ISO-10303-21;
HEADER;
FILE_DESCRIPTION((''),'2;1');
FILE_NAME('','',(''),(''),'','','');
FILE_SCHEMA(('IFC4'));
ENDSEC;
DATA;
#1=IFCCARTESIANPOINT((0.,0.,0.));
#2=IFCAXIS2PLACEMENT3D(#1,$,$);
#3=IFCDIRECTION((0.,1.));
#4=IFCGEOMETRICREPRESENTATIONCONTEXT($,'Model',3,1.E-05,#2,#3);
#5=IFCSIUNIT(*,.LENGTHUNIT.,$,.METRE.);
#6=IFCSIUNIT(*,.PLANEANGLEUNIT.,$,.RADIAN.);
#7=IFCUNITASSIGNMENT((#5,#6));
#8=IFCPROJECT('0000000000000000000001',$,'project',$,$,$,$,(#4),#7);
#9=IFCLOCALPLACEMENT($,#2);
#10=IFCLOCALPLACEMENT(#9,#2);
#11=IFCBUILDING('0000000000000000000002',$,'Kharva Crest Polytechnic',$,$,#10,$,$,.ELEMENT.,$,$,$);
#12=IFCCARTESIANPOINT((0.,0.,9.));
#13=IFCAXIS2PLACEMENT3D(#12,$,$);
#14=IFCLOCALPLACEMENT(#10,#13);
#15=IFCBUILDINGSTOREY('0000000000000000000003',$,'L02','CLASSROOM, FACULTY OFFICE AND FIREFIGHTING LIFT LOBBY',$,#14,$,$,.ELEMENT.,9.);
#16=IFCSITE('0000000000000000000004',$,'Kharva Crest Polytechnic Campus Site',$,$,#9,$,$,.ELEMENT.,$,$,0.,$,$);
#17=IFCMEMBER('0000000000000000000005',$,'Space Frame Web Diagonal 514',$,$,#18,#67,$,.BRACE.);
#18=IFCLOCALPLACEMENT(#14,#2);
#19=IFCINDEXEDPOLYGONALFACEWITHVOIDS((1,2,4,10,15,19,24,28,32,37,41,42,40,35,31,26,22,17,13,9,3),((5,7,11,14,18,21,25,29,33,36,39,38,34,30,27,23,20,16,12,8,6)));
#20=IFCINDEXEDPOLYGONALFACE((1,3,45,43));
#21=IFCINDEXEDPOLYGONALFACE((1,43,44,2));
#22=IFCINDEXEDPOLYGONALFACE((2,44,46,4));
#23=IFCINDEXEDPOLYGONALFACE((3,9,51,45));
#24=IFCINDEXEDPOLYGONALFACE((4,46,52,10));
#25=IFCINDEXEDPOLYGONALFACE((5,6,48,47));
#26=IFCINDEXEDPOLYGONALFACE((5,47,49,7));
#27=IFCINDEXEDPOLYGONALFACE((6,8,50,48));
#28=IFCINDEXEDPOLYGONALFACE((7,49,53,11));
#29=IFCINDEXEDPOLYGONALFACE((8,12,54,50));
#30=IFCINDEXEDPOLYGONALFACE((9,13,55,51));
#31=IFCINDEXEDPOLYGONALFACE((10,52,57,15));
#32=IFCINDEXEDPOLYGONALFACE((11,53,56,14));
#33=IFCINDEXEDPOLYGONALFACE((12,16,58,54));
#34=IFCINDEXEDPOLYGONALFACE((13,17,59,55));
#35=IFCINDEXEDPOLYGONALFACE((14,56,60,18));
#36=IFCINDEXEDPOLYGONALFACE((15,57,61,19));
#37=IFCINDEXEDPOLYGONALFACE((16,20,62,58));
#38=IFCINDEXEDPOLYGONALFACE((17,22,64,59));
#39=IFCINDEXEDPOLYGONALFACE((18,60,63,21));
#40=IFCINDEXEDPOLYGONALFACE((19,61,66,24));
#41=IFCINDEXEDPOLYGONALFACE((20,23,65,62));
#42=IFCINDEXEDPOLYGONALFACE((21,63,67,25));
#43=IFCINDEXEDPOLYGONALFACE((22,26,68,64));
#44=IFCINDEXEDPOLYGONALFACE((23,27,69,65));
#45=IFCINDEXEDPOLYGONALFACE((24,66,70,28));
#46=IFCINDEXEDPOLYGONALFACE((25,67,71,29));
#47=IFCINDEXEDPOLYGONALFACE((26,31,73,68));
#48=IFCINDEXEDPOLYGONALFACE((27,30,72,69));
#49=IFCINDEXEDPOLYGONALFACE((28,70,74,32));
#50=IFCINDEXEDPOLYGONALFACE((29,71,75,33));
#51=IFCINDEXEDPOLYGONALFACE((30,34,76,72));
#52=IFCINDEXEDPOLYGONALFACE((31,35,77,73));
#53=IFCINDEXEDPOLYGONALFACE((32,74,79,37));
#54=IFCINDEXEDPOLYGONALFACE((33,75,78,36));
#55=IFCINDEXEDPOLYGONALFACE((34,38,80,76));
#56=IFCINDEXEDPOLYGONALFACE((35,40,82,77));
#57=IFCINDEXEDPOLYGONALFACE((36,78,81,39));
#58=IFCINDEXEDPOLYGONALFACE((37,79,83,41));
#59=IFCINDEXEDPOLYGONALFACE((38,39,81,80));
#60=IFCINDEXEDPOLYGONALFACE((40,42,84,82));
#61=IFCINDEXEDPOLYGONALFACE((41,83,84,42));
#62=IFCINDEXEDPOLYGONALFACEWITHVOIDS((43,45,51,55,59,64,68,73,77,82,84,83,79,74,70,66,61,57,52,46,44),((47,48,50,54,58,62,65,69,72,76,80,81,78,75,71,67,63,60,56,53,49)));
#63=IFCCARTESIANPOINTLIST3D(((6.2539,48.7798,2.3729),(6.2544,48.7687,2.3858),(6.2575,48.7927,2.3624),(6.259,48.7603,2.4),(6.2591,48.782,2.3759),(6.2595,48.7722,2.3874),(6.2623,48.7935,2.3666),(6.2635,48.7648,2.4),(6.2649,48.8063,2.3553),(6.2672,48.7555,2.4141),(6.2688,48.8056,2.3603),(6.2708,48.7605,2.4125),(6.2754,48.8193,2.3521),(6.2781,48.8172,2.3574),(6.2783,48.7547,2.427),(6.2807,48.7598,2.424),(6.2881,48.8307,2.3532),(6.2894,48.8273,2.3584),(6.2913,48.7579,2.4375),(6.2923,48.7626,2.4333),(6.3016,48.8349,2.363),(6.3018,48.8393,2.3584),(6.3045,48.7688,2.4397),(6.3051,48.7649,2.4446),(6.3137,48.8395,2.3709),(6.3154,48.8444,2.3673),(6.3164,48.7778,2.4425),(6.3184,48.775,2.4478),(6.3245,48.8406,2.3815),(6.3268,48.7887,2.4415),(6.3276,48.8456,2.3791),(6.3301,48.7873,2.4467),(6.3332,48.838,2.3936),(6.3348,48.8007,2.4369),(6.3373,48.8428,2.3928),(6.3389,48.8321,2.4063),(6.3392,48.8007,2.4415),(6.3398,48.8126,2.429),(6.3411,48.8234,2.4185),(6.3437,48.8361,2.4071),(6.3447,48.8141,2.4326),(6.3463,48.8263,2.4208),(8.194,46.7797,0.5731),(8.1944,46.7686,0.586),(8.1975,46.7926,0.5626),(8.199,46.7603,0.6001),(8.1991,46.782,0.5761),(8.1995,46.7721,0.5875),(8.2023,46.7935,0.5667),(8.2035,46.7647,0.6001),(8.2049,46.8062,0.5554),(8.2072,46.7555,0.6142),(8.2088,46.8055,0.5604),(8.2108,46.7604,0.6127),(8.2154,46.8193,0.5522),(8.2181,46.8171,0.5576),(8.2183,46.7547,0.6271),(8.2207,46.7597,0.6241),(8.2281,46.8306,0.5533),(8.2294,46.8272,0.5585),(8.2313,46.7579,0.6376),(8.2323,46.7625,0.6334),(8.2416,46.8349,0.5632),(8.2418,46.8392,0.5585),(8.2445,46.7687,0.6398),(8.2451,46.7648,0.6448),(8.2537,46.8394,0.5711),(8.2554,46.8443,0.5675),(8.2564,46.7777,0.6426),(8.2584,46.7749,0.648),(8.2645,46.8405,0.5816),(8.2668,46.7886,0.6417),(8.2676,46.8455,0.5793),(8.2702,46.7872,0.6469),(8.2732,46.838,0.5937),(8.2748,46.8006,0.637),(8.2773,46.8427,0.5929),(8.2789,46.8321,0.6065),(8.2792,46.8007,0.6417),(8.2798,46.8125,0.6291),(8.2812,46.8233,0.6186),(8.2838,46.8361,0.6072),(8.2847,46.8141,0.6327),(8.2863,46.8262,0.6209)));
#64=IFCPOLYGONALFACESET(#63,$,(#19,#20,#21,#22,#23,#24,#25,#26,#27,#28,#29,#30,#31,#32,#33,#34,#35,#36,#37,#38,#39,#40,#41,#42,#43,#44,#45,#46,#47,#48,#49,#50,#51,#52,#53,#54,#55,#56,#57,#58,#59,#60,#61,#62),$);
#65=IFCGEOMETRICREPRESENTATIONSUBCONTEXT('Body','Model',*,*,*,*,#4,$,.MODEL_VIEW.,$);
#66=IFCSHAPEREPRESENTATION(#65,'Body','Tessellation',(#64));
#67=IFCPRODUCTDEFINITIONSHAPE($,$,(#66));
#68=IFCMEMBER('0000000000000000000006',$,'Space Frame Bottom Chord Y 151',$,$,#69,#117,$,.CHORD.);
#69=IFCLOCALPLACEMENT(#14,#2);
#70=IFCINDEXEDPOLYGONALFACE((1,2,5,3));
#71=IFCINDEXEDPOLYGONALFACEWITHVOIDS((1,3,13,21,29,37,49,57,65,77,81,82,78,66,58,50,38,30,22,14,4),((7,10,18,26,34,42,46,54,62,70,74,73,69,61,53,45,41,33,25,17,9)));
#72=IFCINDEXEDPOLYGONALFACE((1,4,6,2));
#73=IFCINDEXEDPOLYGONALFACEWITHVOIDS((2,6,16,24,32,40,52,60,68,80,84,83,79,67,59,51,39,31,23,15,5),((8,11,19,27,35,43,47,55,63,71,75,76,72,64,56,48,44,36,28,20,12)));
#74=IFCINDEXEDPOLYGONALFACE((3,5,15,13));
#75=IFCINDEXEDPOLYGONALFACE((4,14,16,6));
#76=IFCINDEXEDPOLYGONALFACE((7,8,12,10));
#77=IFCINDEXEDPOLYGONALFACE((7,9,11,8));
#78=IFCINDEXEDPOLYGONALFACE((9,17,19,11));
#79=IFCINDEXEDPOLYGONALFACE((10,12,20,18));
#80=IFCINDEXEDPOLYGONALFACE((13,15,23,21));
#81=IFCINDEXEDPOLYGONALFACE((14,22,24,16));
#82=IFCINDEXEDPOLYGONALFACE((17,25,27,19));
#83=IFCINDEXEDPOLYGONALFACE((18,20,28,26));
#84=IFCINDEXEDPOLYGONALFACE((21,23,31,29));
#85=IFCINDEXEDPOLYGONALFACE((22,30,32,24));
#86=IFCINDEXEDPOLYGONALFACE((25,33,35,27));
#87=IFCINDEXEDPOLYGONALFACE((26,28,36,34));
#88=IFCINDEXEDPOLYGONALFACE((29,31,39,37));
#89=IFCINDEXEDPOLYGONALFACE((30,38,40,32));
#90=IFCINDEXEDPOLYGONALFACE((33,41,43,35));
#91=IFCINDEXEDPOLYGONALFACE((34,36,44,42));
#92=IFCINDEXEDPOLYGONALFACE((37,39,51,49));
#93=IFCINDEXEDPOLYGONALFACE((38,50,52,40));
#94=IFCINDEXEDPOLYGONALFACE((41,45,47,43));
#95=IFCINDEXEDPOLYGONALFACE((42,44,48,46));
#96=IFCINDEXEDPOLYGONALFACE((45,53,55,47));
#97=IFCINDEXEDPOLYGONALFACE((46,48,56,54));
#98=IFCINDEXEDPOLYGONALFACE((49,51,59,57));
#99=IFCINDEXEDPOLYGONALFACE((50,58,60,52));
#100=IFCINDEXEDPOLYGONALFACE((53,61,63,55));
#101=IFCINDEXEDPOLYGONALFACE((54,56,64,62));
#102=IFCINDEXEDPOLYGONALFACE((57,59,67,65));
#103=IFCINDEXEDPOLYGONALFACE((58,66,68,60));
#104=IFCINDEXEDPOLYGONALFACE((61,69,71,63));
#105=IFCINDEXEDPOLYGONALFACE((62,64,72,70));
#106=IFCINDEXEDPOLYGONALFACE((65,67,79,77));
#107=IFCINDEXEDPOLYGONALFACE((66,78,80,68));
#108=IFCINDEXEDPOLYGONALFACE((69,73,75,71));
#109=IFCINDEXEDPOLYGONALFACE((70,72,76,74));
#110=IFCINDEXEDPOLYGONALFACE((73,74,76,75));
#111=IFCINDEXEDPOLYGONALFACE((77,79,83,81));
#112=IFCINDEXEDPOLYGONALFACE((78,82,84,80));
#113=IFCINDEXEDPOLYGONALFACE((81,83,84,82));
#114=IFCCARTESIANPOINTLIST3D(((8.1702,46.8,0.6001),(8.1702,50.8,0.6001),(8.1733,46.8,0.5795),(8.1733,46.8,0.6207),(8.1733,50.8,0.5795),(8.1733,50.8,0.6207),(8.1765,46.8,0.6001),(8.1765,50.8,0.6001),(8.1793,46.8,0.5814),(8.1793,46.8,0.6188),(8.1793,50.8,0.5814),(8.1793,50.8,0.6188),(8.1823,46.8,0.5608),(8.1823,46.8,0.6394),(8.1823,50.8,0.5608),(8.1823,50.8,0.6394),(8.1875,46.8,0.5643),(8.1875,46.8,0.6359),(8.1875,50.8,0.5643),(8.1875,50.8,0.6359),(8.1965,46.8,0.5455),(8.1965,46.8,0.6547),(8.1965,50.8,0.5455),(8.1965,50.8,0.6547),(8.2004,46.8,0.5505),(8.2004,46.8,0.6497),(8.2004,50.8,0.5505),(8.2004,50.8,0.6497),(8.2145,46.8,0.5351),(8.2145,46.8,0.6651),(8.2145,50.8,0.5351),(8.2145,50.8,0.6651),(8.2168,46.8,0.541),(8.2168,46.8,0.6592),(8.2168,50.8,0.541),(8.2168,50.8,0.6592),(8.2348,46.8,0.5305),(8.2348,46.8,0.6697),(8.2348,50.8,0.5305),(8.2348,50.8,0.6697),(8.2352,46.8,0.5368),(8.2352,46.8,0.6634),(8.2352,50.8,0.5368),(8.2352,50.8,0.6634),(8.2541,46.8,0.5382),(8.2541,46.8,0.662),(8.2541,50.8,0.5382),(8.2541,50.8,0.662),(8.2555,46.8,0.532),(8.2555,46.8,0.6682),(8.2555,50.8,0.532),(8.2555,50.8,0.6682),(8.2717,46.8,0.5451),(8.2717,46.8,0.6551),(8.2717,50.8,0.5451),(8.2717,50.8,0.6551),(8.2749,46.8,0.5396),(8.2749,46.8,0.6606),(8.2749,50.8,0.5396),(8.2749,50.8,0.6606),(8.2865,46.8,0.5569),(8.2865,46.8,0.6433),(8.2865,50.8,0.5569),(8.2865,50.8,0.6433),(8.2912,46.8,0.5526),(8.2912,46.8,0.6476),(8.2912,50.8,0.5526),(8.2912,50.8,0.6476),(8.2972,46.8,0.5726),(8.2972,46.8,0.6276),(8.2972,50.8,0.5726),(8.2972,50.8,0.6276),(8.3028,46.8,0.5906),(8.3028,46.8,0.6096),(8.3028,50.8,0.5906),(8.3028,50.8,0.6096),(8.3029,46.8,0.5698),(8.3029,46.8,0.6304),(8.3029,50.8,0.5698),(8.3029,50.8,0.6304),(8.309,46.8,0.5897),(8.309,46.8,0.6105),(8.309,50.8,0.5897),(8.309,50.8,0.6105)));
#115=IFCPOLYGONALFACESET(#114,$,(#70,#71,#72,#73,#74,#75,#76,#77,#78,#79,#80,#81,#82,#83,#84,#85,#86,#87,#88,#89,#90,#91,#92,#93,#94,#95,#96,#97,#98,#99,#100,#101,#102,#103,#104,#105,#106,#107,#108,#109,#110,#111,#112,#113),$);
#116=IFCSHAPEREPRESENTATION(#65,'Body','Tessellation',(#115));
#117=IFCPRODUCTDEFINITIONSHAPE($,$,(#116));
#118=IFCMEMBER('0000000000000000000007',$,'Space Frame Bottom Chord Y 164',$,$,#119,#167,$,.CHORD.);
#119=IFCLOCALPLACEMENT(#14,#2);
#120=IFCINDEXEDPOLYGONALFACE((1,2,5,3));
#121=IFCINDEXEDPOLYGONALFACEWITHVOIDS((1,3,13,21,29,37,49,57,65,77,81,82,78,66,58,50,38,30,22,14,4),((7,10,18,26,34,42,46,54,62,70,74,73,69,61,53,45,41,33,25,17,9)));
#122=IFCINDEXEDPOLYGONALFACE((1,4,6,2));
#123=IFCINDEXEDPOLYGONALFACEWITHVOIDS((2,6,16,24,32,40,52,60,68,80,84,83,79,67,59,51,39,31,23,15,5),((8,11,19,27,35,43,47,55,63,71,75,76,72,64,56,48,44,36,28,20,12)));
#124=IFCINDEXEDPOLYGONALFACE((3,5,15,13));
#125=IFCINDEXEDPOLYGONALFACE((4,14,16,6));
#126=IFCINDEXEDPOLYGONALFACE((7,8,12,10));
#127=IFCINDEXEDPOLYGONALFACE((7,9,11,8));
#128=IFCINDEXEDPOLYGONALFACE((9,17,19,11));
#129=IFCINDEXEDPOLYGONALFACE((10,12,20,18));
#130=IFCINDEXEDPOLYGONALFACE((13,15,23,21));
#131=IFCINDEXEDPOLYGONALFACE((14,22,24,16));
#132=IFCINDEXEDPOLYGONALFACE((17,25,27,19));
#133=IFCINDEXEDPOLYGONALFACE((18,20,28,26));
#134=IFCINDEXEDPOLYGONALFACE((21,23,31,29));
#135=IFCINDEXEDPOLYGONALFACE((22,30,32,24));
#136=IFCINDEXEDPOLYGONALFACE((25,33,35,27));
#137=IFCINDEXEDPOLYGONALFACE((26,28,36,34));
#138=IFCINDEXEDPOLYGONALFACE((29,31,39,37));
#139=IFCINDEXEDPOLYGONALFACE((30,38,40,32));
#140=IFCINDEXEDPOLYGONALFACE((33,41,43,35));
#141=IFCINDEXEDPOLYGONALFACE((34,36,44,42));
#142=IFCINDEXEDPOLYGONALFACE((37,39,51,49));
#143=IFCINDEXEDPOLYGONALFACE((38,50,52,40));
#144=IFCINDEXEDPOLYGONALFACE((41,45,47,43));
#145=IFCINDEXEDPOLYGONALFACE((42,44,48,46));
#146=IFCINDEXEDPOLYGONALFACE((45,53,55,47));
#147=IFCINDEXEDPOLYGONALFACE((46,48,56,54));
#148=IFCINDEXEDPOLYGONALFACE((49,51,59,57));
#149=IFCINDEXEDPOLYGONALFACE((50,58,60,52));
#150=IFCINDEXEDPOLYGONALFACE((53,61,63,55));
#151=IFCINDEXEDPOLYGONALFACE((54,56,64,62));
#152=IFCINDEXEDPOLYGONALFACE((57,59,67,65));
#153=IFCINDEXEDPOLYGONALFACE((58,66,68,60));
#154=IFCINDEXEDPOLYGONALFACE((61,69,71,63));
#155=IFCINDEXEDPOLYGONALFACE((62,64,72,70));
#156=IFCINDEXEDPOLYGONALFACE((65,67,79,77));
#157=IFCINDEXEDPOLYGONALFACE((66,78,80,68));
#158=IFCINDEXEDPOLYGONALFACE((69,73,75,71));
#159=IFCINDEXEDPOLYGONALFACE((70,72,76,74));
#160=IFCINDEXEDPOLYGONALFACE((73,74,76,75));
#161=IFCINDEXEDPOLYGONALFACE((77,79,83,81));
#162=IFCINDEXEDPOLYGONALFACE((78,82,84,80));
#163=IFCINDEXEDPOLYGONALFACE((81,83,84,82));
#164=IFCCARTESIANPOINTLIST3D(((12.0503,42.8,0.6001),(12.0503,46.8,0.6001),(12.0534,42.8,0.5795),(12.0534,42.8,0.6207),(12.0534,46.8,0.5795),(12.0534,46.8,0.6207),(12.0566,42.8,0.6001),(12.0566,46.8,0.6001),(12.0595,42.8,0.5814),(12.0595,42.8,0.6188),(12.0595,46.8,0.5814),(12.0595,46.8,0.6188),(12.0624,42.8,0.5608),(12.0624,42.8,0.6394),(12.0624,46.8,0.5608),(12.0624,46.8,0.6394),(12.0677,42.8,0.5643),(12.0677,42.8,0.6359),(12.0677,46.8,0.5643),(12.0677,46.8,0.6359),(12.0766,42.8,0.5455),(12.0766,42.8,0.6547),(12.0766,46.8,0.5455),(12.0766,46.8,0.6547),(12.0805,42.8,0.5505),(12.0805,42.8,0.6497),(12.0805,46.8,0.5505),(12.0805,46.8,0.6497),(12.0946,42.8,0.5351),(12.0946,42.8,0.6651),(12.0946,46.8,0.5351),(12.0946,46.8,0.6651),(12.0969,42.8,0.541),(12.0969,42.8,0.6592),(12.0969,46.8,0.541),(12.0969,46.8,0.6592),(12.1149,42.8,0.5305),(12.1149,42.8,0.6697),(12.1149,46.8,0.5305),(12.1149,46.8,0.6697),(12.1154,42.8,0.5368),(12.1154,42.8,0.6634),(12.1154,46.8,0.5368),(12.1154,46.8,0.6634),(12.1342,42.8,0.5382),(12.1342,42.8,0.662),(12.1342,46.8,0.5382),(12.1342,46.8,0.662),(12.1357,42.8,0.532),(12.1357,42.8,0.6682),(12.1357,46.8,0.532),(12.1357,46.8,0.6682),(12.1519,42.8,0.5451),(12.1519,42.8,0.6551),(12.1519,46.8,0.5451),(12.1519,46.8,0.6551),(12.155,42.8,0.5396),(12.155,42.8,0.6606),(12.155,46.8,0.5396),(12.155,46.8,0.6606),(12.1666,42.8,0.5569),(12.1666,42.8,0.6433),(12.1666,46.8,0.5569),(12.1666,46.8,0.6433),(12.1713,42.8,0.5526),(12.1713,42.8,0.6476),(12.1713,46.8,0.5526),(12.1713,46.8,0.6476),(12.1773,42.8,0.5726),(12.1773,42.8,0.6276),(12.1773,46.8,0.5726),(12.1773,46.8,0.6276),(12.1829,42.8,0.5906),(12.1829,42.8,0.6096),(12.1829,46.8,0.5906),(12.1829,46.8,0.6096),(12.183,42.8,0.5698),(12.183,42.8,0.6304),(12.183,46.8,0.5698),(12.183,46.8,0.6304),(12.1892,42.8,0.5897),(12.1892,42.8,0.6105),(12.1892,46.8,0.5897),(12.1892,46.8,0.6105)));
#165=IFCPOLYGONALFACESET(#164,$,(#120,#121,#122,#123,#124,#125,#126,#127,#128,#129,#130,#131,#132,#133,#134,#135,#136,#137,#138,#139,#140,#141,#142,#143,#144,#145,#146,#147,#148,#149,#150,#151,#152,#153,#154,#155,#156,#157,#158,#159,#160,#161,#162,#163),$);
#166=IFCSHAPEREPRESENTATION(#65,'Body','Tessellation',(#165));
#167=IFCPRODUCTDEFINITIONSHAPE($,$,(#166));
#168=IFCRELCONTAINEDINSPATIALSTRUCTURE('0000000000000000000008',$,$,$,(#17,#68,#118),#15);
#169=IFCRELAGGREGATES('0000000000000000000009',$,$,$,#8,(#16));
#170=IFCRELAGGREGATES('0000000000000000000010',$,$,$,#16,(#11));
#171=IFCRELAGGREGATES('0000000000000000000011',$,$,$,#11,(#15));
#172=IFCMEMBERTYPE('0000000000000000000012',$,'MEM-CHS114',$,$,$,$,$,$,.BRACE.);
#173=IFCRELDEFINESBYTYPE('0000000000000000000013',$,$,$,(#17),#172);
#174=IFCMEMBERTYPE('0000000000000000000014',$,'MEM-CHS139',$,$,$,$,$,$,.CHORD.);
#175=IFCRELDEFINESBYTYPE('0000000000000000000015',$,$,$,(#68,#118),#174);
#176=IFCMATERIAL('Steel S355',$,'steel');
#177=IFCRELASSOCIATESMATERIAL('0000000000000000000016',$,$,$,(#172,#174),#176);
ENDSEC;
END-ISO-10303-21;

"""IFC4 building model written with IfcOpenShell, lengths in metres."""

from ifc_helpers import new_model, si_unit, direction, frame, origin, origin_2d, place, context, subcontext, project, spatial, hollow_circle, extrude, material, material_profile, profile_set, type_object, element, save


model = new_model("IFC4")

# Units and contexts
model_context = context("Model", 3, precision=1e-05, world=origin(), true_north=direction((0.0, 1.0)))
body_context = subcontext(model_context, "Body", "Model", "MODEL_VIEW")
ifc_project = project(units=[si_unit("LENGTHUNIT", "METRE"), si_unit("PLANEANGLEUNIT", "RADIAN")], contexts=[model_context])

# Site, building, storey
site_placement = place(None, origin())
site = spatial("IfcSite", under=ifc_project, at=site_placement, Name="Kharva Crest Polytechnic Campus Site", CompositionType="ELEMENT", RefElevation=0.0)
building_placement = place(site_placement, origin())
building = spatial("IfcBuilding", under=site, at=building_placement, Name="Kharva Crest Polytechnic", CompositionType="ELEMENT")
storey_placement = place(building_placement, frame((0.0, 0.0, 9.0)))
storey = spatial("IfcBuildingStorey", under=building, at=storey_placement, Name="L02", Description="CLASSROOM, FACULTY OFFICE AND FIREFIGHTING LIFT LOBBY", CompositionType="ELEMENT", Elevation=9.0)

# Shared definitions
ifc_material_1 = material(Name="Steel S355", Category="steel")

# Members
ifc_material_profile_1 = material_profile(ifc_material_1, hollow_circle(Radius=0.0571, WallThickness=0.0063, at=origin_2d()), Name="CHS 114.3X6.3")
ifc_profile_set_1 = profile_set([ifc_material_profile_1], Name="Steel S355")
member_type_1 = type_object("IfcMemberType", Name="MEM-CHS114", PredefinedType="BRACE", material=ifc_profile_set_1)
for number, where, z_axis, x_axis, name in (
    (1, (8.24, 46.8, 0.6001), (-0.584843, 0.60295, 0.542596), (-0.717802, -0.696247, 0.0), "Space Frame Web Diagonal 514"),
):
    element("IfcMember", number, at=place(storey_placement, frame(where, z_axis=z_axis, x_axis=x_axis)), inside=storey, type_object=member_type_1, Name=name, PredefinedType="BRACE", context=body_context, shape_type="SweptSolid", body=[
        extrude(hollow_circle(Radius=0.0571, WallThickness=0.0063, at=origin_2d()), origin(), (0.0, 0.0, 1.0), 3.3171),
    ])
ifc_material_profile_2 = material_profile(ifc_material_1, hollow_circle(Radius=0.0698, WallThickness=0.0063, at=origin_2d()), Name="CHS 139.7X6.3")
ifc_profile_set_2 = profile_set([ifc_material_profile_2], Name="Steel S355")
member_type_2 = type_object("IfcMemberType", Name="MEM-CHS139", PredefinedType="CHORD", material=ifc_profile_set_2)
for number, where, z_axis, x_axis, name in (
    (2, (8.24, 46.8, 0.6001), (0.0, 1.0, 0.0), (-1.0, 0.0, 0.0), "Space Frame Bottom Chord Y 151"),
    (3, (12.1201, 42.8, 0.6001), (0.0, 1.0, 0.0), (-1.0, 0.0, 0.0), "Space Frame Bottom Chord Y 164"),
):
    element("IfcMember", number, at=place(storey_placement, frame(where, z_axis=z_axis, x_axis=x_axis)), inside=storey, type_object=member_type_2, Name=name, PredefinedType="CHORD", context=body_context, shape_type="SweptSolid", body=[
        extrude(hollow_circle(Radius=0.0698, WallThickness=0.0063, at=origin_2d()), origin(), (0.0, 0.0, 1.0), 4.0),
    ])

save(model, "model.ifc")
